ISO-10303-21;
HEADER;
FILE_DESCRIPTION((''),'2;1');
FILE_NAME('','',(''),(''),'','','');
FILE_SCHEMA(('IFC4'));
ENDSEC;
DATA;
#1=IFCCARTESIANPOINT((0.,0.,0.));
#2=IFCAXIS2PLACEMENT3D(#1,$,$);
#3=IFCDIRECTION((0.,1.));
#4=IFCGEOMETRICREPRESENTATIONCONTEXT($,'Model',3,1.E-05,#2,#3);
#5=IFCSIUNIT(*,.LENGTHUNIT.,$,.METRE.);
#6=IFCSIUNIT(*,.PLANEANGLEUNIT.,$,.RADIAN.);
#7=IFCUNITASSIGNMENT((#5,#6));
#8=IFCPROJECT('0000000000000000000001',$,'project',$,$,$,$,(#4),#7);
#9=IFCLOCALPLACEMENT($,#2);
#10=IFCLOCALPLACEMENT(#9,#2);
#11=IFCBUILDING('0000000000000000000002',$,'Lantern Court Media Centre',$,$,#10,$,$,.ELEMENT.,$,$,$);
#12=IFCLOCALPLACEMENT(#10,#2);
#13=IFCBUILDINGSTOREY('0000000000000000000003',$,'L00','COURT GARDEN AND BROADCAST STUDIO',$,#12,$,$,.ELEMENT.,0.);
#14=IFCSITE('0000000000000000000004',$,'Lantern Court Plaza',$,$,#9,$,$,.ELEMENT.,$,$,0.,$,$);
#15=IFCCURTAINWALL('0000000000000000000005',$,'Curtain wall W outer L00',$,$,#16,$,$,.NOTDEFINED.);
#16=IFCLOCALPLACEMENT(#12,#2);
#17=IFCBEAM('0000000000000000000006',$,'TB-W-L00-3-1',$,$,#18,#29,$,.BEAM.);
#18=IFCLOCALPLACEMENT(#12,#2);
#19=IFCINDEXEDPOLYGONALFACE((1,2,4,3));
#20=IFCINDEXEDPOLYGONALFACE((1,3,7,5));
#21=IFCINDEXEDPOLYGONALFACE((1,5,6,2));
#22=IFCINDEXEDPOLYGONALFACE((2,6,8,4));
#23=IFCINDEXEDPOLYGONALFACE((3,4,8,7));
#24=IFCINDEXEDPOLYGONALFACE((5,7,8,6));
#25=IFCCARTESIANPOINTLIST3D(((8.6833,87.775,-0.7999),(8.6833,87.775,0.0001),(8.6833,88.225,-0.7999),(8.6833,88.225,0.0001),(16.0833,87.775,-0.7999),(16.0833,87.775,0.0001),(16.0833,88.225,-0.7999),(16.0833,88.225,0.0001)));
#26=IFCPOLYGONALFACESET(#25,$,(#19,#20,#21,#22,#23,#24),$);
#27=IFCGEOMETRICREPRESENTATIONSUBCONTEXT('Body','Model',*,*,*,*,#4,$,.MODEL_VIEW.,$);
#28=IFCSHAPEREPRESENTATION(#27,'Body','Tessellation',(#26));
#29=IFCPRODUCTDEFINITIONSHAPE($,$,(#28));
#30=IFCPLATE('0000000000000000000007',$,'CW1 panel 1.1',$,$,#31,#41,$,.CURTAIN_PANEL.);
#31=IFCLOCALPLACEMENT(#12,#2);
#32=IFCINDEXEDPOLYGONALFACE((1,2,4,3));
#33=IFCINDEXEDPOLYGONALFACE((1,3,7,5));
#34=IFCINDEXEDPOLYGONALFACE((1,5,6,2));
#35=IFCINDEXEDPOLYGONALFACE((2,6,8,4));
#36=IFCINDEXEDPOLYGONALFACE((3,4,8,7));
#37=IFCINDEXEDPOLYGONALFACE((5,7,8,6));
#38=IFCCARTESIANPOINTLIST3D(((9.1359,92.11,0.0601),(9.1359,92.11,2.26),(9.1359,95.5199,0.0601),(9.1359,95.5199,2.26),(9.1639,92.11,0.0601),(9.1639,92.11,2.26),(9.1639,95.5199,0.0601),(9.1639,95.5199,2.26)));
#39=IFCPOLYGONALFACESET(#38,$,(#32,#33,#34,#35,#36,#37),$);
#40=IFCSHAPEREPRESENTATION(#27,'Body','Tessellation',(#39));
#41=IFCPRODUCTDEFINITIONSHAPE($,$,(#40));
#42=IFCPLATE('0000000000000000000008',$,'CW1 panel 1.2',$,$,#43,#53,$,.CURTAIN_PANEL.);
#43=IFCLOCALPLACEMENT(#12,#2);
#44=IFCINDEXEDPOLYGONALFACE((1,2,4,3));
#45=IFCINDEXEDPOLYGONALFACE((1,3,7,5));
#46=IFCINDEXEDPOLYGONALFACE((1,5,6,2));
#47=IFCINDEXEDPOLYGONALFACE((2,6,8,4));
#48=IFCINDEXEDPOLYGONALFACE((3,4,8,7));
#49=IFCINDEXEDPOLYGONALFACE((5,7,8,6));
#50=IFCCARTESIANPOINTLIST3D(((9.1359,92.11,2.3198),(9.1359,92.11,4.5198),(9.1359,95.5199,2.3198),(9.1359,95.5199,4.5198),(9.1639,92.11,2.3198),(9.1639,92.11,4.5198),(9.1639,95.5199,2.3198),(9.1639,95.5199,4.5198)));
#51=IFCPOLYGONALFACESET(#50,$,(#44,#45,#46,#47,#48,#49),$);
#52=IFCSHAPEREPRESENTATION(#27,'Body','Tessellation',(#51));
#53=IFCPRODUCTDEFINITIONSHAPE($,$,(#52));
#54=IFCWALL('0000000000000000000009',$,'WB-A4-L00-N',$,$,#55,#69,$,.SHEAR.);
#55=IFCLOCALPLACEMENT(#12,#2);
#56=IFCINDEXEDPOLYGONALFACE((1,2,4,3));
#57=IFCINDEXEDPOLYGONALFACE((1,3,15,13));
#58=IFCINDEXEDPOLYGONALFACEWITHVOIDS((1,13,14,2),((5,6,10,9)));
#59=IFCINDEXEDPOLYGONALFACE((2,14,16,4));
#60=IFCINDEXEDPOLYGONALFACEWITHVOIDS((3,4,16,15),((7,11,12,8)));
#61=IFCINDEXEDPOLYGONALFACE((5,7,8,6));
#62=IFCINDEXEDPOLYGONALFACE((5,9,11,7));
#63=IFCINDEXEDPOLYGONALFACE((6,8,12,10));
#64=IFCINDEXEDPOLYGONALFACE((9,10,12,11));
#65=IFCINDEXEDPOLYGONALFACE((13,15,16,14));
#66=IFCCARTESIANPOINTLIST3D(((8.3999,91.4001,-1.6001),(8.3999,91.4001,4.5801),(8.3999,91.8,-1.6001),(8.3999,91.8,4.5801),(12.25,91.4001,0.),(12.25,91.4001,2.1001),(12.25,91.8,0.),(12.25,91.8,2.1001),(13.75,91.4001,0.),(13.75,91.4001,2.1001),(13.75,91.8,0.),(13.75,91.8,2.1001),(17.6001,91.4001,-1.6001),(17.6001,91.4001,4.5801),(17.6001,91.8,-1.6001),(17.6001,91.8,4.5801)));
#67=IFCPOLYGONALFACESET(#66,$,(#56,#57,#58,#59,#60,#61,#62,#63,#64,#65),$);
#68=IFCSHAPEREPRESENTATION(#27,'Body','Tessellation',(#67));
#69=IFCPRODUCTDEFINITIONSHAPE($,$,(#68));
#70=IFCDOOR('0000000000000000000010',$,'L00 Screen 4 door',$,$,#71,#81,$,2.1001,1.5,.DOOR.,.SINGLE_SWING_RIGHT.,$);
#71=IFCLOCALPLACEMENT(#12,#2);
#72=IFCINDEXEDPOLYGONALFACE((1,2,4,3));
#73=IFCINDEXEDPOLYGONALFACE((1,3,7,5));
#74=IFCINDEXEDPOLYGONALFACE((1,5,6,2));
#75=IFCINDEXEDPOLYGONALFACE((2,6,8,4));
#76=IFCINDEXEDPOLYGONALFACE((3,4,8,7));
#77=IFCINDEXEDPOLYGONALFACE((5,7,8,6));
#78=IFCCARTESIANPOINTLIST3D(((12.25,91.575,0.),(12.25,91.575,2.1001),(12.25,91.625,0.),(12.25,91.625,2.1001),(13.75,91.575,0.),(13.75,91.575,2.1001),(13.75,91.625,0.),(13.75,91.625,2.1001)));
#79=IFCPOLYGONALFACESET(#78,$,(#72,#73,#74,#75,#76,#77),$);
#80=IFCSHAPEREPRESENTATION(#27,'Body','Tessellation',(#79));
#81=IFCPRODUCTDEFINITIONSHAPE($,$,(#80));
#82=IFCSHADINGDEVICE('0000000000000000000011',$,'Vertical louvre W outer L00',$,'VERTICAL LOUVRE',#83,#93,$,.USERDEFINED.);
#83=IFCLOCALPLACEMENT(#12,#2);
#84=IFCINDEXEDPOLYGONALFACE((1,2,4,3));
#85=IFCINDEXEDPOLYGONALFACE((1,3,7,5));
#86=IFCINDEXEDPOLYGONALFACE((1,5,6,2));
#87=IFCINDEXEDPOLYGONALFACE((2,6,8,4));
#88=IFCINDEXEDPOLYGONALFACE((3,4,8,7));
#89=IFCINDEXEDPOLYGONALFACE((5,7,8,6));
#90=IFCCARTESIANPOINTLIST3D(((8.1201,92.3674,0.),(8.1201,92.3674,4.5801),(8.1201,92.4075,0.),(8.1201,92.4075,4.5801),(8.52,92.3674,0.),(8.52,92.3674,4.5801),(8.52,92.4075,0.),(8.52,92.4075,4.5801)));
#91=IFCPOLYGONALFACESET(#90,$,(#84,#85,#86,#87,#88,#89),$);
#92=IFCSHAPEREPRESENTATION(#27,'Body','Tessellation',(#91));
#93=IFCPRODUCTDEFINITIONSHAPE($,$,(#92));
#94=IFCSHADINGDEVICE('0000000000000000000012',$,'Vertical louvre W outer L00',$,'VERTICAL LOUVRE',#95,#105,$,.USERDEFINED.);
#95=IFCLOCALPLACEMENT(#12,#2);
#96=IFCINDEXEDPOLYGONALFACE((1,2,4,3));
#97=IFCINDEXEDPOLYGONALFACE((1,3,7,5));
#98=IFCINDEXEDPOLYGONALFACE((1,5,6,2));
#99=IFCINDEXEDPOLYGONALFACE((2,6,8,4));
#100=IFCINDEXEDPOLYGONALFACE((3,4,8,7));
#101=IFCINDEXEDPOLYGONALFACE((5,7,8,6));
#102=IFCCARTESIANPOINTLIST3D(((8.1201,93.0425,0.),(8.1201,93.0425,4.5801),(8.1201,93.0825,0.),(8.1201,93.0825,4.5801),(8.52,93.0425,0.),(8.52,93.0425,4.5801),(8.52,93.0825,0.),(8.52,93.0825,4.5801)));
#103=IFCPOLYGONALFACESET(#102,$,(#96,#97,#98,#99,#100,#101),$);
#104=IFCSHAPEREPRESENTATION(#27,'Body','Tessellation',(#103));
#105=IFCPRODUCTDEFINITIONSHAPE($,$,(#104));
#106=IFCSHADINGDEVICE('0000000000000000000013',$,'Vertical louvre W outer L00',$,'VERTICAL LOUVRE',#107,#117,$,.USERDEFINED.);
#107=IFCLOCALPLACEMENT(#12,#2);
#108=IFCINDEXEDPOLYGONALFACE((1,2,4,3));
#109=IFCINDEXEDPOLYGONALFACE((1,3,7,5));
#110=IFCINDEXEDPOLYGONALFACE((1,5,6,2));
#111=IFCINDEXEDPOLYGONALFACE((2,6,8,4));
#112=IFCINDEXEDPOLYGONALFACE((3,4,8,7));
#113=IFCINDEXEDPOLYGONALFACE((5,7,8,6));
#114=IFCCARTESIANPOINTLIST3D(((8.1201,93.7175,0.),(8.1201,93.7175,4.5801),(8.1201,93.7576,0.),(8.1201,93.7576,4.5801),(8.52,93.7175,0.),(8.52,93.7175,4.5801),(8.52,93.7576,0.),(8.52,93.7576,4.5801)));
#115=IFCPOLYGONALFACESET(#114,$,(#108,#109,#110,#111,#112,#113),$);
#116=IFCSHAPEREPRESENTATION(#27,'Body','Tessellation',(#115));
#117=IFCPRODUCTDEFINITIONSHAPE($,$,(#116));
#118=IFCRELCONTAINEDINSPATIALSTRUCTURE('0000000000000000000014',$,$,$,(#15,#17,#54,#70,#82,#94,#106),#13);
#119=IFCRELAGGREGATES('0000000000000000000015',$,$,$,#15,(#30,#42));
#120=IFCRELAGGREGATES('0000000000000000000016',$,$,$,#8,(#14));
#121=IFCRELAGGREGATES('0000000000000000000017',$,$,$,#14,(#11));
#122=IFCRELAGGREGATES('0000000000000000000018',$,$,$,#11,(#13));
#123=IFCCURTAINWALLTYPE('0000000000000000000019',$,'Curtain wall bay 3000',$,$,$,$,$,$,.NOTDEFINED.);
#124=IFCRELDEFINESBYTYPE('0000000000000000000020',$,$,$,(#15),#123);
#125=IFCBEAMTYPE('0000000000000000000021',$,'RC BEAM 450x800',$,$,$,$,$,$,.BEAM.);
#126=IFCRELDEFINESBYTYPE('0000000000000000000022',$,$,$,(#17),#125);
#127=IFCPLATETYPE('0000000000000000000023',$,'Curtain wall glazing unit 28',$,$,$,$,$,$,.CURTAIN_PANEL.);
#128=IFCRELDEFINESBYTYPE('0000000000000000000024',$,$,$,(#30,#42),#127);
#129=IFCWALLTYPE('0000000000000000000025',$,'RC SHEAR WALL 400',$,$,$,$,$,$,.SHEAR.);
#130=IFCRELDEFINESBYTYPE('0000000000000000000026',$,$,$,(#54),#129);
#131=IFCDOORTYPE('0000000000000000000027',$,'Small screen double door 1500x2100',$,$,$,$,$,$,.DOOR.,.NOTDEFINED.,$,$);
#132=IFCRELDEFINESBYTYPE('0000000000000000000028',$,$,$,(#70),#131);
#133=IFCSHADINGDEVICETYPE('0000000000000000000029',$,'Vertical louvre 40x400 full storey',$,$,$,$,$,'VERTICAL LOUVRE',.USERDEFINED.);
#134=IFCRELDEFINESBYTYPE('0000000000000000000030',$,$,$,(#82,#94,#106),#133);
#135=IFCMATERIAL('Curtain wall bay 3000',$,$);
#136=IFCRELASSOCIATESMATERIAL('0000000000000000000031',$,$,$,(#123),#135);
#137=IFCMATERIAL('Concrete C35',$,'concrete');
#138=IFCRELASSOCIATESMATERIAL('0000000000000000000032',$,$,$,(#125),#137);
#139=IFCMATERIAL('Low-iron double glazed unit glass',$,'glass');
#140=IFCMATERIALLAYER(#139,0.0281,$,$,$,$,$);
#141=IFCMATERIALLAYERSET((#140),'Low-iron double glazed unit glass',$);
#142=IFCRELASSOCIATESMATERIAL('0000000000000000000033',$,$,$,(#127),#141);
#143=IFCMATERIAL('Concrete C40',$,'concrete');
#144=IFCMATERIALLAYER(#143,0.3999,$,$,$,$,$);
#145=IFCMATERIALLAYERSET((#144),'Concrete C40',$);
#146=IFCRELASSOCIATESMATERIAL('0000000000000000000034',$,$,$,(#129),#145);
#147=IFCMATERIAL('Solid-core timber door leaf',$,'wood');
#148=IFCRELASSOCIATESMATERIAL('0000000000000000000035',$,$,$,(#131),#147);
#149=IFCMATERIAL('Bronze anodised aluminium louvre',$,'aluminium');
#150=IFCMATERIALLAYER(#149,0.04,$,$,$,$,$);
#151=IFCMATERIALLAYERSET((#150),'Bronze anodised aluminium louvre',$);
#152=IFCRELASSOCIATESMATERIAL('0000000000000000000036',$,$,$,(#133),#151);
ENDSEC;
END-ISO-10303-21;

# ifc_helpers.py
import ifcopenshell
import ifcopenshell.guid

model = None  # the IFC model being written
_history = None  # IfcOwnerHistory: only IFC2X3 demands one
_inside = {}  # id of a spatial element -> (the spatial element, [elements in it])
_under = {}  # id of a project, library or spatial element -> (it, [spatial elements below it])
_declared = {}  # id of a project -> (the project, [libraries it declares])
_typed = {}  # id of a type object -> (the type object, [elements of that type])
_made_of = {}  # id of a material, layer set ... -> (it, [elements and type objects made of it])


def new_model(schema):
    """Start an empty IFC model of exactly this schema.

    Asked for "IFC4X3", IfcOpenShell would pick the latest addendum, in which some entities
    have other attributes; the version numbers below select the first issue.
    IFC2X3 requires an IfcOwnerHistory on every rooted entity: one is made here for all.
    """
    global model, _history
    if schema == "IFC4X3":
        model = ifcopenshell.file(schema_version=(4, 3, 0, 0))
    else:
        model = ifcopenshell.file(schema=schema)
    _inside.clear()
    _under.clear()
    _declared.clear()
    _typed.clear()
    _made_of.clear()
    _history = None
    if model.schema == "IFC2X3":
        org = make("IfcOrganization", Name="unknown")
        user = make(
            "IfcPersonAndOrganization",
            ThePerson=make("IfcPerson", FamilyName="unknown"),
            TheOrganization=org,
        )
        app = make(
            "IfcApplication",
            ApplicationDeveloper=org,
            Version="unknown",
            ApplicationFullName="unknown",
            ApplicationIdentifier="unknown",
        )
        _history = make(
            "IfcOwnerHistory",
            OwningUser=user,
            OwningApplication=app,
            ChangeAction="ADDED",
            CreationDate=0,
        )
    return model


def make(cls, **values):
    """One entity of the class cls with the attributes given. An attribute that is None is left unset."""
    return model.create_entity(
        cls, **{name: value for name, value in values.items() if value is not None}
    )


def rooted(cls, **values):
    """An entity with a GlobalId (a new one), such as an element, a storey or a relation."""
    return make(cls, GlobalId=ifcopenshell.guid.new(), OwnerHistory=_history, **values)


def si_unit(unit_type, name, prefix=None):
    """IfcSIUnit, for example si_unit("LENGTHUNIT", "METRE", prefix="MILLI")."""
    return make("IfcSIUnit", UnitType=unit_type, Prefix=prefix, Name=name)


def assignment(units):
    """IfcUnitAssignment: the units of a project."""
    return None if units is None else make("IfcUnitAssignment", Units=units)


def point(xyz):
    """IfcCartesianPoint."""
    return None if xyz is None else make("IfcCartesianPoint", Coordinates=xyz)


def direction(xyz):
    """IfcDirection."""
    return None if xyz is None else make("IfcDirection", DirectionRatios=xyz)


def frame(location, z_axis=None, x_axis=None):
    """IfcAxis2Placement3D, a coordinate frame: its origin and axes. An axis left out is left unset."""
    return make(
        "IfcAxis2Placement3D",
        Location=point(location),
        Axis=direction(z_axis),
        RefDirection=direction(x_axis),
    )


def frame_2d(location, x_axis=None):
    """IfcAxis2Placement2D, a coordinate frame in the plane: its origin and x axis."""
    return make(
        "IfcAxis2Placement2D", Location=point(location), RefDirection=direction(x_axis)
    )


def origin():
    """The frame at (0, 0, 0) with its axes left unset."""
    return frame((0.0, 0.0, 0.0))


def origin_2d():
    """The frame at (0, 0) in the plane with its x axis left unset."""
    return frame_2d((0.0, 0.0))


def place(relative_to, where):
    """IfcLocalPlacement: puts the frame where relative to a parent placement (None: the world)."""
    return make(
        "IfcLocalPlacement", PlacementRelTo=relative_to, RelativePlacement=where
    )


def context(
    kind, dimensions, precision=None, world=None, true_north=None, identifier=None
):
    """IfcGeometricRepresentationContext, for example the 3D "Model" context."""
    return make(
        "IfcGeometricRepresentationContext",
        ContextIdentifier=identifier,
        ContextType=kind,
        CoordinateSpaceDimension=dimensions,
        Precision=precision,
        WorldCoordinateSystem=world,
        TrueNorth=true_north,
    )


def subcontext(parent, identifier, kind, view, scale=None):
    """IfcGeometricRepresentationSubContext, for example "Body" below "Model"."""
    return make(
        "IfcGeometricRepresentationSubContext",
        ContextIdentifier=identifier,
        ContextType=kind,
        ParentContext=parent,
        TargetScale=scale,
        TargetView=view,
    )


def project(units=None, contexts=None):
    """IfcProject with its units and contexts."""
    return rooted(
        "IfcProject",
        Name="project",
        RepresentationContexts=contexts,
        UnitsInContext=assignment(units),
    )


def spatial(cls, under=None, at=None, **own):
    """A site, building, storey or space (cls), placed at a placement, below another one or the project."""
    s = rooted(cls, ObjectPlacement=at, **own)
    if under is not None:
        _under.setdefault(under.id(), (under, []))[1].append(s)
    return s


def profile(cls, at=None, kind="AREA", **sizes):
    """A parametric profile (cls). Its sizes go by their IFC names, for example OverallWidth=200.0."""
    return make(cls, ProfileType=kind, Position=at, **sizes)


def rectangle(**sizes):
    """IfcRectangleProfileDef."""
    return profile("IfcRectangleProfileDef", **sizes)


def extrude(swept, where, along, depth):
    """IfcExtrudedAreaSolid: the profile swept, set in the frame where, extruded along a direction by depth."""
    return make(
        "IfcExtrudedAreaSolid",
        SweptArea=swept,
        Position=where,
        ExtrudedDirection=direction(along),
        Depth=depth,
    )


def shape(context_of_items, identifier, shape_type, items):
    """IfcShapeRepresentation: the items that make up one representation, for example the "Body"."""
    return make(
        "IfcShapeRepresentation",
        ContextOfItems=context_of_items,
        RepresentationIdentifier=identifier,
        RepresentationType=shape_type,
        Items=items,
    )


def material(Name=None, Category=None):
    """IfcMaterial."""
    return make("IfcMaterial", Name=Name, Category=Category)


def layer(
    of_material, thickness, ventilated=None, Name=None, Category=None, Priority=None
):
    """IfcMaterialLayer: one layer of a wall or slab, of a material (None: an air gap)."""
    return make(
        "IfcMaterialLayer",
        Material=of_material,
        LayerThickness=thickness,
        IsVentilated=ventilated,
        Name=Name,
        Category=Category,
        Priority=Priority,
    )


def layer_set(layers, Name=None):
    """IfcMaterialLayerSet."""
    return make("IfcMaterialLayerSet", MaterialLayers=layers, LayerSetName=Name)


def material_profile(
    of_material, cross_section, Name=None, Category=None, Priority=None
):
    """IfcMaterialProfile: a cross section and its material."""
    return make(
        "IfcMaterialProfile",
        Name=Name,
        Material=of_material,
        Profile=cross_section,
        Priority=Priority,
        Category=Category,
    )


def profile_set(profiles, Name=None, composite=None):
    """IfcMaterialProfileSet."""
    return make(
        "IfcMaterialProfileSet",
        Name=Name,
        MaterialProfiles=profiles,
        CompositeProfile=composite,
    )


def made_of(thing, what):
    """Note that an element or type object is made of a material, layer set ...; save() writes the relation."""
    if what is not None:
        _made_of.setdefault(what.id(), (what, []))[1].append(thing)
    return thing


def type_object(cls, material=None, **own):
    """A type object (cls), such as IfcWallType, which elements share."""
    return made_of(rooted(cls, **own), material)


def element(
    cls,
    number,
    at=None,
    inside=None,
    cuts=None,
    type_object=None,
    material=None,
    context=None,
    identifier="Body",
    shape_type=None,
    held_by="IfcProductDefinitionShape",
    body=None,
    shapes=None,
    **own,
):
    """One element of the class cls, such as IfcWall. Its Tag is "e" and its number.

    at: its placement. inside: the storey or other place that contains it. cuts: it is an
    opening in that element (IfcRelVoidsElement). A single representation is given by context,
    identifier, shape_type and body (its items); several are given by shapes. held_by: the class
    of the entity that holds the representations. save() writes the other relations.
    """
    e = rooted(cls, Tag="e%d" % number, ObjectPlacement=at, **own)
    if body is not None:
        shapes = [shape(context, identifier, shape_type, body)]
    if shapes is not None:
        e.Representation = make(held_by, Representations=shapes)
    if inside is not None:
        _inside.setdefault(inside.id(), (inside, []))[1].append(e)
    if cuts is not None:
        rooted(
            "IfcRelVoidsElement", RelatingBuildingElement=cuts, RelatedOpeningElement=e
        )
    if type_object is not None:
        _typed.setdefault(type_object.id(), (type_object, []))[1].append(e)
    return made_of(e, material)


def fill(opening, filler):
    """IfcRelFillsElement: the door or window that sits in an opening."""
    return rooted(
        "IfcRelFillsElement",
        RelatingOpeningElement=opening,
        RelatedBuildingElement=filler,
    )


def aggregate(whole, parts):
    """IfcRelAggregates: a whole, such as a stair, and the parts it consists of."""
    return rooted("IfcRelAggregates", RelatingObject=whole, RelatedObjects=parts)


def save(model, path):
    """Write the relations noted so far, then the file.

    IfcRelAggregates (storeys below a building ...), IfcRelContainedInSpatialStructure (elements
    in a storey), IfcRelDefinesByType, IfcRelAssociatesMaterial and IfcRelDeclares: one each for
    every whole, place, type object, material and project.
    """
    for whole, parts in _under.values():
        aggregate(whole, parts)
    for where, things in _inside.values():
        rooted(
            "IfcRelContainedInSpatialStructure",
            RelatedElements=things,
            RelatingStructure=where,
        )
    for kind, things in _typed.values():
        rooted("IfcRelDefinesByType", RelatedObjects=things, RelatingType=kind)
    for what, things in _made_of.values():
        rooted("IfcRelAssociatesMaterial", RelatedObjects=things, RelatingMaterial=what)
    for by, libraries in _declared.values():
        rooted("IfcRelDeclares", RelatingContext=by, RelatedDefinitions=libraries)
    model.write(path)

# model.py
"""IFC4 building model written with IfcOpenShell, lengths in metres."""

from ifc_helpers import new_model, si_unit, direction, frame, frame_2d, origin, origin_2d, place, context, subcontext, project, spatial, rectangle, extrude, material, layer, layer_set, material_profile, profile_set, type_object, element, fill, aggregate, save


model = new_model("IFC4")

# Units and contexts
model_context = context("Model", 3, precision=1e-05, world=origin(), true_north=direction((0.0, 1.0)))
body_context = subcontext(model_context, "Body", "Model", "MODEL_VIEW")
ifc_project = project(units=[si_unit("LENGTHUNIT", "METRE"), si_unit("PLANEANGLEUNIT", "RADIAN")], contexts=[model_context])

# Site, building, storey
site_placement = place(None, origin())
site = spatial("IfcSite", under=ifc_project, at=site_placement, Name="Lantern Court Plaza", CompositionType="ELEMENT", RefElevation=0.0)
building_placement = place(site_placement, origin())
building = spatial("IfcBuilding", under=site, at=building_placement, Name="Lantern Court Media Centre", CompositionType="ELEMENT")
storey_placement = place(building_placement, origin())
storey = spatial("IfcBuildingStorey", under=building, at=storey_placement, Name="L00", Description="COURT GARDEN AND BROADCAST STUDIO", CompositionType="ELEMENT", Elevation=0.0)

# Shared definitions
ifc_material_1 = material(Name="Concrete C35", Category="concrete")

# Curtain wall
ifc_material_2 = material(Name="Curtain wall bay 3000")
curtain_wall_type = type_object("IfcCurtainWallType", Name="Curtain wall bay 3000", PredefinedType="NOTDEFINED", material=ifc_material_2)
curtain_wall_placement = place(storey_placement, origin())
curtain_wall = element("IfcCurtainWall", 1, at=curtain_wall_placement, inside=storey, type_object=curtain_wall_type, Name="Curtain wall W outer L00", PredefinedType="NOTDEFINED")

# Beam
ifc_material_profile_1 = material_profile(ifc_material_1, rectangle(XDim=0.45, YDim=0.8, at=origin_2d()), Name="RC 450x800")
ifc_profile_set_1 = profile_set([ifc_material_profile_1], Name="Concrete C35")
beam_type_1 = type_object("IfcBeamType", Name="RC BEAM 450x800", PredefinedType="BEAM", material=ifc_profile_set_1)
beam_1_placement = place(storey_placement, frame((8.6833, 88.0, -0.3999), z_axis=(1.0, 0.0, 0.0), x_axis=(0.0, 1.0, 0.0)))
element("IfcBeam", 2, at=beam_1_placement, inside=storey, type_object=beam_type_1, Name="TB-W-L00-3-1", PredefinedType="BEAM", context=body_context, shape_type="SweptSolid", body=[
    extrude(rectangle(XDim=0.45, YDim=0.8, at=origin_2d()), origin(), (0.0, 0.0, 1.0), 7.3999),
])

# Plates
ifc_material_3 = material(Name="Low-iron double glazed unit glass", Category="glass")
ifc_layer_1 = layer(ifc_material_3, 0.0281)
ifc_layer_set_1 = layer_set([ifc_layer_1], Name="Low-iron double glazed unit glass")
plate_type = type_object("IfcPlateType", Name="Curtain wall glazing unit 28", PredefinedType="CURTAIN_PANEL", material=ifc_layer_set_1)
plate_1_placement = place(storey_placement, frame((9.1499, 93.8149, 0.0601), z_axis=(0.0, 0.0, 1.0), x_axis=(0.0, 1.0, 0.0)))
plate_1 = element("IfcPlate", 3, at=plate_1_placement, type_object=plate_type, Name="CW1 panel 1.1", PredefinedType="CURTAIN_PANEL", context=body_context, shape_type="SweptSolid", body=[
    extrude(rectangle(XDim=3.4099, YDim=0.0281, at=origin_2d()), origin(), (0.0, 0.0, 1.0), 2.2),
])
plate_2_placement = place(storey_placement, frame((9.1499, 93.8149, 2.3198), z_axis=(0.0, 0.0, 1.0), x_axis=(0.0, 1.0, 0.0)))
plate_2 = element("IfcPlate", 4, at=plate_2_placement, type_object=plate_type, Name="CW1 panel 1.2", PredefinedType="CURTAIN_PANEL", context=body_context, shape_type="SweptSolid", body=[
    extrude(rectangle(XDim=3.4099, YDim=0.0281, at=origin_2d()), origin(), (0.0, 0.0, 1.0), 2.2),
])
aggregate(curtain_wall, [plate_1, plate_2])

# Wall, opening, door
ifc_material_4 = material(Name="Concrete C40", Category="concrete")
ifc_layer_2 = layer(ifc_material_4, 0.3999)
ifc_layer_set_2 = layer_set([ifc_layer_2], Name="Concrete C40")
wall_type = type_object("IfcWallType", Name="RC SHEAR WALL 400", PredefinedType="SHEAR", material=ifc_layer_set_2)
wall_placement = place(storey_placement, frame((8.3999, 91.6001, -1.6001), z_axis=(0.0, 0.0, 1.0), x_axis=(1.0, 0.0, 0.0)))
wall = element("IfcWall", 5, at=wall_placement, inside=storey, type_object=wall_type, Name="WB-A4-L00-N", PredefinedType="SHEAR", context=body_context, shape_type="SweptSolid", body=[
    extrude(rectangle(XDim=9.2002, YDim=0.3999, at=frame_2d((4.6001, 0.0))), origin(), (0.0, 0.0, 1.0), 6.1802),
])
opening_placement = place(wall_placement, frame((3.8501, 0.0, 1.6001)))
opening = element("IfcOpeningElement", 6, at=opening_placement, cuts=wall, PredefinedType="OPENING", context=body_context, shape_type="SweptSolid", body=[
    extrude(rectangle(XDim=1.5, YDim=2.1001, at=frame_2d((0.75, 1.05))), frame((0.0, 0.21, 0.0), z_axis=(0.0, -1.0, 0.0), x_axis=(1.0, 0.0, 0.0)), (0.0, 0.0, 1.0), 0.4199),
])
ifc_material_5 = material(Name="Solid-core timber door leaf", Category="wood")
door_type = type_object("IfcDoorType", Name="Small screen double door 1500x2100", OperationType="NOTDEFINED", PredefinedType="DOOR", material=ifc_material_5)
door_placement = place(opening_placement, origin())
door = element("IfcDoor", 7, at=door_placement, inside=storey, type_object=door_type, Name="L00 Screen 4 door", OperationType="SINGLE_SWING_RIGHT", OverallHeight=2.1001, OverallWidth=1.5, PredefinedType="DOOR", context=body_context, shape_type="SweptSolid", body=[
    extrude(rectangle(XDim=1.5, YDim=2.1001, at=frame_2d((0.75, 1.05))), frame((0.0, 0.0249, 0.0), z_axis=(0.0, -1.0, 0.0), x_axis=(1.0, 0.0, 0.0)), (0.0, 0.0, 1.0), 0.05),
])
fill(opening, door)

# Shading devices
ifc_material_6 = material(Name="Bronze anodised aluminium louvre", Category="aluminium")
ifc_layer_3 = layer(ifc_material_6, 0.04)
ifc_layer_set_3 = layer_set([ifc_layer_3], Name="Bronze anodised aluminium louvre")
shading_device_type = type_object("IfcShadingDeviceType", Name="Vertical louvre 40x400 full storey", ElementType="VERTICAL LOUVRE", PredefinedType="USERDEFINED", material=ifc_layer_set_3)
for number, where, z_axis, x_axis, name in (
    (8, (8.3201, 92.3875, 0.0), (0.0, 0.0, 1.0), (1.0, 0.0, 0.0), "Vertical louvre W outer L00"),
    (9, (8.3201, 93.0625, 0.0), (0.0, 0.0, 1.0), (1.0, 0.0, 0.0), "Vertical louvre W outer L00"),
    (10, (8.3201, 93.7375, 0.0), (0.0, 0.0, 1.0), (1.0, 0.0, 0.0), "Vertical louvre W outer L00"),
):
    element("IfcShadingDevice", number, at=place(storey_placement, frame(where, z_axis=z_axis, x_axis=x_axis)), inside=storey, type_object=shading_device_type, Name=name, ObjectType="VERTICAL LOUVRE", PredefinedType="USERDEFINED", context=body_context, shape_type="SweptSolid", body=[
        extrude(rectangle(XDim=0.3999, YDim=0.04, at=origin_2d()), origin(), (0.0, 0.0, 1.0), 4.5801),
    ])

save(model, "model.ifc")
